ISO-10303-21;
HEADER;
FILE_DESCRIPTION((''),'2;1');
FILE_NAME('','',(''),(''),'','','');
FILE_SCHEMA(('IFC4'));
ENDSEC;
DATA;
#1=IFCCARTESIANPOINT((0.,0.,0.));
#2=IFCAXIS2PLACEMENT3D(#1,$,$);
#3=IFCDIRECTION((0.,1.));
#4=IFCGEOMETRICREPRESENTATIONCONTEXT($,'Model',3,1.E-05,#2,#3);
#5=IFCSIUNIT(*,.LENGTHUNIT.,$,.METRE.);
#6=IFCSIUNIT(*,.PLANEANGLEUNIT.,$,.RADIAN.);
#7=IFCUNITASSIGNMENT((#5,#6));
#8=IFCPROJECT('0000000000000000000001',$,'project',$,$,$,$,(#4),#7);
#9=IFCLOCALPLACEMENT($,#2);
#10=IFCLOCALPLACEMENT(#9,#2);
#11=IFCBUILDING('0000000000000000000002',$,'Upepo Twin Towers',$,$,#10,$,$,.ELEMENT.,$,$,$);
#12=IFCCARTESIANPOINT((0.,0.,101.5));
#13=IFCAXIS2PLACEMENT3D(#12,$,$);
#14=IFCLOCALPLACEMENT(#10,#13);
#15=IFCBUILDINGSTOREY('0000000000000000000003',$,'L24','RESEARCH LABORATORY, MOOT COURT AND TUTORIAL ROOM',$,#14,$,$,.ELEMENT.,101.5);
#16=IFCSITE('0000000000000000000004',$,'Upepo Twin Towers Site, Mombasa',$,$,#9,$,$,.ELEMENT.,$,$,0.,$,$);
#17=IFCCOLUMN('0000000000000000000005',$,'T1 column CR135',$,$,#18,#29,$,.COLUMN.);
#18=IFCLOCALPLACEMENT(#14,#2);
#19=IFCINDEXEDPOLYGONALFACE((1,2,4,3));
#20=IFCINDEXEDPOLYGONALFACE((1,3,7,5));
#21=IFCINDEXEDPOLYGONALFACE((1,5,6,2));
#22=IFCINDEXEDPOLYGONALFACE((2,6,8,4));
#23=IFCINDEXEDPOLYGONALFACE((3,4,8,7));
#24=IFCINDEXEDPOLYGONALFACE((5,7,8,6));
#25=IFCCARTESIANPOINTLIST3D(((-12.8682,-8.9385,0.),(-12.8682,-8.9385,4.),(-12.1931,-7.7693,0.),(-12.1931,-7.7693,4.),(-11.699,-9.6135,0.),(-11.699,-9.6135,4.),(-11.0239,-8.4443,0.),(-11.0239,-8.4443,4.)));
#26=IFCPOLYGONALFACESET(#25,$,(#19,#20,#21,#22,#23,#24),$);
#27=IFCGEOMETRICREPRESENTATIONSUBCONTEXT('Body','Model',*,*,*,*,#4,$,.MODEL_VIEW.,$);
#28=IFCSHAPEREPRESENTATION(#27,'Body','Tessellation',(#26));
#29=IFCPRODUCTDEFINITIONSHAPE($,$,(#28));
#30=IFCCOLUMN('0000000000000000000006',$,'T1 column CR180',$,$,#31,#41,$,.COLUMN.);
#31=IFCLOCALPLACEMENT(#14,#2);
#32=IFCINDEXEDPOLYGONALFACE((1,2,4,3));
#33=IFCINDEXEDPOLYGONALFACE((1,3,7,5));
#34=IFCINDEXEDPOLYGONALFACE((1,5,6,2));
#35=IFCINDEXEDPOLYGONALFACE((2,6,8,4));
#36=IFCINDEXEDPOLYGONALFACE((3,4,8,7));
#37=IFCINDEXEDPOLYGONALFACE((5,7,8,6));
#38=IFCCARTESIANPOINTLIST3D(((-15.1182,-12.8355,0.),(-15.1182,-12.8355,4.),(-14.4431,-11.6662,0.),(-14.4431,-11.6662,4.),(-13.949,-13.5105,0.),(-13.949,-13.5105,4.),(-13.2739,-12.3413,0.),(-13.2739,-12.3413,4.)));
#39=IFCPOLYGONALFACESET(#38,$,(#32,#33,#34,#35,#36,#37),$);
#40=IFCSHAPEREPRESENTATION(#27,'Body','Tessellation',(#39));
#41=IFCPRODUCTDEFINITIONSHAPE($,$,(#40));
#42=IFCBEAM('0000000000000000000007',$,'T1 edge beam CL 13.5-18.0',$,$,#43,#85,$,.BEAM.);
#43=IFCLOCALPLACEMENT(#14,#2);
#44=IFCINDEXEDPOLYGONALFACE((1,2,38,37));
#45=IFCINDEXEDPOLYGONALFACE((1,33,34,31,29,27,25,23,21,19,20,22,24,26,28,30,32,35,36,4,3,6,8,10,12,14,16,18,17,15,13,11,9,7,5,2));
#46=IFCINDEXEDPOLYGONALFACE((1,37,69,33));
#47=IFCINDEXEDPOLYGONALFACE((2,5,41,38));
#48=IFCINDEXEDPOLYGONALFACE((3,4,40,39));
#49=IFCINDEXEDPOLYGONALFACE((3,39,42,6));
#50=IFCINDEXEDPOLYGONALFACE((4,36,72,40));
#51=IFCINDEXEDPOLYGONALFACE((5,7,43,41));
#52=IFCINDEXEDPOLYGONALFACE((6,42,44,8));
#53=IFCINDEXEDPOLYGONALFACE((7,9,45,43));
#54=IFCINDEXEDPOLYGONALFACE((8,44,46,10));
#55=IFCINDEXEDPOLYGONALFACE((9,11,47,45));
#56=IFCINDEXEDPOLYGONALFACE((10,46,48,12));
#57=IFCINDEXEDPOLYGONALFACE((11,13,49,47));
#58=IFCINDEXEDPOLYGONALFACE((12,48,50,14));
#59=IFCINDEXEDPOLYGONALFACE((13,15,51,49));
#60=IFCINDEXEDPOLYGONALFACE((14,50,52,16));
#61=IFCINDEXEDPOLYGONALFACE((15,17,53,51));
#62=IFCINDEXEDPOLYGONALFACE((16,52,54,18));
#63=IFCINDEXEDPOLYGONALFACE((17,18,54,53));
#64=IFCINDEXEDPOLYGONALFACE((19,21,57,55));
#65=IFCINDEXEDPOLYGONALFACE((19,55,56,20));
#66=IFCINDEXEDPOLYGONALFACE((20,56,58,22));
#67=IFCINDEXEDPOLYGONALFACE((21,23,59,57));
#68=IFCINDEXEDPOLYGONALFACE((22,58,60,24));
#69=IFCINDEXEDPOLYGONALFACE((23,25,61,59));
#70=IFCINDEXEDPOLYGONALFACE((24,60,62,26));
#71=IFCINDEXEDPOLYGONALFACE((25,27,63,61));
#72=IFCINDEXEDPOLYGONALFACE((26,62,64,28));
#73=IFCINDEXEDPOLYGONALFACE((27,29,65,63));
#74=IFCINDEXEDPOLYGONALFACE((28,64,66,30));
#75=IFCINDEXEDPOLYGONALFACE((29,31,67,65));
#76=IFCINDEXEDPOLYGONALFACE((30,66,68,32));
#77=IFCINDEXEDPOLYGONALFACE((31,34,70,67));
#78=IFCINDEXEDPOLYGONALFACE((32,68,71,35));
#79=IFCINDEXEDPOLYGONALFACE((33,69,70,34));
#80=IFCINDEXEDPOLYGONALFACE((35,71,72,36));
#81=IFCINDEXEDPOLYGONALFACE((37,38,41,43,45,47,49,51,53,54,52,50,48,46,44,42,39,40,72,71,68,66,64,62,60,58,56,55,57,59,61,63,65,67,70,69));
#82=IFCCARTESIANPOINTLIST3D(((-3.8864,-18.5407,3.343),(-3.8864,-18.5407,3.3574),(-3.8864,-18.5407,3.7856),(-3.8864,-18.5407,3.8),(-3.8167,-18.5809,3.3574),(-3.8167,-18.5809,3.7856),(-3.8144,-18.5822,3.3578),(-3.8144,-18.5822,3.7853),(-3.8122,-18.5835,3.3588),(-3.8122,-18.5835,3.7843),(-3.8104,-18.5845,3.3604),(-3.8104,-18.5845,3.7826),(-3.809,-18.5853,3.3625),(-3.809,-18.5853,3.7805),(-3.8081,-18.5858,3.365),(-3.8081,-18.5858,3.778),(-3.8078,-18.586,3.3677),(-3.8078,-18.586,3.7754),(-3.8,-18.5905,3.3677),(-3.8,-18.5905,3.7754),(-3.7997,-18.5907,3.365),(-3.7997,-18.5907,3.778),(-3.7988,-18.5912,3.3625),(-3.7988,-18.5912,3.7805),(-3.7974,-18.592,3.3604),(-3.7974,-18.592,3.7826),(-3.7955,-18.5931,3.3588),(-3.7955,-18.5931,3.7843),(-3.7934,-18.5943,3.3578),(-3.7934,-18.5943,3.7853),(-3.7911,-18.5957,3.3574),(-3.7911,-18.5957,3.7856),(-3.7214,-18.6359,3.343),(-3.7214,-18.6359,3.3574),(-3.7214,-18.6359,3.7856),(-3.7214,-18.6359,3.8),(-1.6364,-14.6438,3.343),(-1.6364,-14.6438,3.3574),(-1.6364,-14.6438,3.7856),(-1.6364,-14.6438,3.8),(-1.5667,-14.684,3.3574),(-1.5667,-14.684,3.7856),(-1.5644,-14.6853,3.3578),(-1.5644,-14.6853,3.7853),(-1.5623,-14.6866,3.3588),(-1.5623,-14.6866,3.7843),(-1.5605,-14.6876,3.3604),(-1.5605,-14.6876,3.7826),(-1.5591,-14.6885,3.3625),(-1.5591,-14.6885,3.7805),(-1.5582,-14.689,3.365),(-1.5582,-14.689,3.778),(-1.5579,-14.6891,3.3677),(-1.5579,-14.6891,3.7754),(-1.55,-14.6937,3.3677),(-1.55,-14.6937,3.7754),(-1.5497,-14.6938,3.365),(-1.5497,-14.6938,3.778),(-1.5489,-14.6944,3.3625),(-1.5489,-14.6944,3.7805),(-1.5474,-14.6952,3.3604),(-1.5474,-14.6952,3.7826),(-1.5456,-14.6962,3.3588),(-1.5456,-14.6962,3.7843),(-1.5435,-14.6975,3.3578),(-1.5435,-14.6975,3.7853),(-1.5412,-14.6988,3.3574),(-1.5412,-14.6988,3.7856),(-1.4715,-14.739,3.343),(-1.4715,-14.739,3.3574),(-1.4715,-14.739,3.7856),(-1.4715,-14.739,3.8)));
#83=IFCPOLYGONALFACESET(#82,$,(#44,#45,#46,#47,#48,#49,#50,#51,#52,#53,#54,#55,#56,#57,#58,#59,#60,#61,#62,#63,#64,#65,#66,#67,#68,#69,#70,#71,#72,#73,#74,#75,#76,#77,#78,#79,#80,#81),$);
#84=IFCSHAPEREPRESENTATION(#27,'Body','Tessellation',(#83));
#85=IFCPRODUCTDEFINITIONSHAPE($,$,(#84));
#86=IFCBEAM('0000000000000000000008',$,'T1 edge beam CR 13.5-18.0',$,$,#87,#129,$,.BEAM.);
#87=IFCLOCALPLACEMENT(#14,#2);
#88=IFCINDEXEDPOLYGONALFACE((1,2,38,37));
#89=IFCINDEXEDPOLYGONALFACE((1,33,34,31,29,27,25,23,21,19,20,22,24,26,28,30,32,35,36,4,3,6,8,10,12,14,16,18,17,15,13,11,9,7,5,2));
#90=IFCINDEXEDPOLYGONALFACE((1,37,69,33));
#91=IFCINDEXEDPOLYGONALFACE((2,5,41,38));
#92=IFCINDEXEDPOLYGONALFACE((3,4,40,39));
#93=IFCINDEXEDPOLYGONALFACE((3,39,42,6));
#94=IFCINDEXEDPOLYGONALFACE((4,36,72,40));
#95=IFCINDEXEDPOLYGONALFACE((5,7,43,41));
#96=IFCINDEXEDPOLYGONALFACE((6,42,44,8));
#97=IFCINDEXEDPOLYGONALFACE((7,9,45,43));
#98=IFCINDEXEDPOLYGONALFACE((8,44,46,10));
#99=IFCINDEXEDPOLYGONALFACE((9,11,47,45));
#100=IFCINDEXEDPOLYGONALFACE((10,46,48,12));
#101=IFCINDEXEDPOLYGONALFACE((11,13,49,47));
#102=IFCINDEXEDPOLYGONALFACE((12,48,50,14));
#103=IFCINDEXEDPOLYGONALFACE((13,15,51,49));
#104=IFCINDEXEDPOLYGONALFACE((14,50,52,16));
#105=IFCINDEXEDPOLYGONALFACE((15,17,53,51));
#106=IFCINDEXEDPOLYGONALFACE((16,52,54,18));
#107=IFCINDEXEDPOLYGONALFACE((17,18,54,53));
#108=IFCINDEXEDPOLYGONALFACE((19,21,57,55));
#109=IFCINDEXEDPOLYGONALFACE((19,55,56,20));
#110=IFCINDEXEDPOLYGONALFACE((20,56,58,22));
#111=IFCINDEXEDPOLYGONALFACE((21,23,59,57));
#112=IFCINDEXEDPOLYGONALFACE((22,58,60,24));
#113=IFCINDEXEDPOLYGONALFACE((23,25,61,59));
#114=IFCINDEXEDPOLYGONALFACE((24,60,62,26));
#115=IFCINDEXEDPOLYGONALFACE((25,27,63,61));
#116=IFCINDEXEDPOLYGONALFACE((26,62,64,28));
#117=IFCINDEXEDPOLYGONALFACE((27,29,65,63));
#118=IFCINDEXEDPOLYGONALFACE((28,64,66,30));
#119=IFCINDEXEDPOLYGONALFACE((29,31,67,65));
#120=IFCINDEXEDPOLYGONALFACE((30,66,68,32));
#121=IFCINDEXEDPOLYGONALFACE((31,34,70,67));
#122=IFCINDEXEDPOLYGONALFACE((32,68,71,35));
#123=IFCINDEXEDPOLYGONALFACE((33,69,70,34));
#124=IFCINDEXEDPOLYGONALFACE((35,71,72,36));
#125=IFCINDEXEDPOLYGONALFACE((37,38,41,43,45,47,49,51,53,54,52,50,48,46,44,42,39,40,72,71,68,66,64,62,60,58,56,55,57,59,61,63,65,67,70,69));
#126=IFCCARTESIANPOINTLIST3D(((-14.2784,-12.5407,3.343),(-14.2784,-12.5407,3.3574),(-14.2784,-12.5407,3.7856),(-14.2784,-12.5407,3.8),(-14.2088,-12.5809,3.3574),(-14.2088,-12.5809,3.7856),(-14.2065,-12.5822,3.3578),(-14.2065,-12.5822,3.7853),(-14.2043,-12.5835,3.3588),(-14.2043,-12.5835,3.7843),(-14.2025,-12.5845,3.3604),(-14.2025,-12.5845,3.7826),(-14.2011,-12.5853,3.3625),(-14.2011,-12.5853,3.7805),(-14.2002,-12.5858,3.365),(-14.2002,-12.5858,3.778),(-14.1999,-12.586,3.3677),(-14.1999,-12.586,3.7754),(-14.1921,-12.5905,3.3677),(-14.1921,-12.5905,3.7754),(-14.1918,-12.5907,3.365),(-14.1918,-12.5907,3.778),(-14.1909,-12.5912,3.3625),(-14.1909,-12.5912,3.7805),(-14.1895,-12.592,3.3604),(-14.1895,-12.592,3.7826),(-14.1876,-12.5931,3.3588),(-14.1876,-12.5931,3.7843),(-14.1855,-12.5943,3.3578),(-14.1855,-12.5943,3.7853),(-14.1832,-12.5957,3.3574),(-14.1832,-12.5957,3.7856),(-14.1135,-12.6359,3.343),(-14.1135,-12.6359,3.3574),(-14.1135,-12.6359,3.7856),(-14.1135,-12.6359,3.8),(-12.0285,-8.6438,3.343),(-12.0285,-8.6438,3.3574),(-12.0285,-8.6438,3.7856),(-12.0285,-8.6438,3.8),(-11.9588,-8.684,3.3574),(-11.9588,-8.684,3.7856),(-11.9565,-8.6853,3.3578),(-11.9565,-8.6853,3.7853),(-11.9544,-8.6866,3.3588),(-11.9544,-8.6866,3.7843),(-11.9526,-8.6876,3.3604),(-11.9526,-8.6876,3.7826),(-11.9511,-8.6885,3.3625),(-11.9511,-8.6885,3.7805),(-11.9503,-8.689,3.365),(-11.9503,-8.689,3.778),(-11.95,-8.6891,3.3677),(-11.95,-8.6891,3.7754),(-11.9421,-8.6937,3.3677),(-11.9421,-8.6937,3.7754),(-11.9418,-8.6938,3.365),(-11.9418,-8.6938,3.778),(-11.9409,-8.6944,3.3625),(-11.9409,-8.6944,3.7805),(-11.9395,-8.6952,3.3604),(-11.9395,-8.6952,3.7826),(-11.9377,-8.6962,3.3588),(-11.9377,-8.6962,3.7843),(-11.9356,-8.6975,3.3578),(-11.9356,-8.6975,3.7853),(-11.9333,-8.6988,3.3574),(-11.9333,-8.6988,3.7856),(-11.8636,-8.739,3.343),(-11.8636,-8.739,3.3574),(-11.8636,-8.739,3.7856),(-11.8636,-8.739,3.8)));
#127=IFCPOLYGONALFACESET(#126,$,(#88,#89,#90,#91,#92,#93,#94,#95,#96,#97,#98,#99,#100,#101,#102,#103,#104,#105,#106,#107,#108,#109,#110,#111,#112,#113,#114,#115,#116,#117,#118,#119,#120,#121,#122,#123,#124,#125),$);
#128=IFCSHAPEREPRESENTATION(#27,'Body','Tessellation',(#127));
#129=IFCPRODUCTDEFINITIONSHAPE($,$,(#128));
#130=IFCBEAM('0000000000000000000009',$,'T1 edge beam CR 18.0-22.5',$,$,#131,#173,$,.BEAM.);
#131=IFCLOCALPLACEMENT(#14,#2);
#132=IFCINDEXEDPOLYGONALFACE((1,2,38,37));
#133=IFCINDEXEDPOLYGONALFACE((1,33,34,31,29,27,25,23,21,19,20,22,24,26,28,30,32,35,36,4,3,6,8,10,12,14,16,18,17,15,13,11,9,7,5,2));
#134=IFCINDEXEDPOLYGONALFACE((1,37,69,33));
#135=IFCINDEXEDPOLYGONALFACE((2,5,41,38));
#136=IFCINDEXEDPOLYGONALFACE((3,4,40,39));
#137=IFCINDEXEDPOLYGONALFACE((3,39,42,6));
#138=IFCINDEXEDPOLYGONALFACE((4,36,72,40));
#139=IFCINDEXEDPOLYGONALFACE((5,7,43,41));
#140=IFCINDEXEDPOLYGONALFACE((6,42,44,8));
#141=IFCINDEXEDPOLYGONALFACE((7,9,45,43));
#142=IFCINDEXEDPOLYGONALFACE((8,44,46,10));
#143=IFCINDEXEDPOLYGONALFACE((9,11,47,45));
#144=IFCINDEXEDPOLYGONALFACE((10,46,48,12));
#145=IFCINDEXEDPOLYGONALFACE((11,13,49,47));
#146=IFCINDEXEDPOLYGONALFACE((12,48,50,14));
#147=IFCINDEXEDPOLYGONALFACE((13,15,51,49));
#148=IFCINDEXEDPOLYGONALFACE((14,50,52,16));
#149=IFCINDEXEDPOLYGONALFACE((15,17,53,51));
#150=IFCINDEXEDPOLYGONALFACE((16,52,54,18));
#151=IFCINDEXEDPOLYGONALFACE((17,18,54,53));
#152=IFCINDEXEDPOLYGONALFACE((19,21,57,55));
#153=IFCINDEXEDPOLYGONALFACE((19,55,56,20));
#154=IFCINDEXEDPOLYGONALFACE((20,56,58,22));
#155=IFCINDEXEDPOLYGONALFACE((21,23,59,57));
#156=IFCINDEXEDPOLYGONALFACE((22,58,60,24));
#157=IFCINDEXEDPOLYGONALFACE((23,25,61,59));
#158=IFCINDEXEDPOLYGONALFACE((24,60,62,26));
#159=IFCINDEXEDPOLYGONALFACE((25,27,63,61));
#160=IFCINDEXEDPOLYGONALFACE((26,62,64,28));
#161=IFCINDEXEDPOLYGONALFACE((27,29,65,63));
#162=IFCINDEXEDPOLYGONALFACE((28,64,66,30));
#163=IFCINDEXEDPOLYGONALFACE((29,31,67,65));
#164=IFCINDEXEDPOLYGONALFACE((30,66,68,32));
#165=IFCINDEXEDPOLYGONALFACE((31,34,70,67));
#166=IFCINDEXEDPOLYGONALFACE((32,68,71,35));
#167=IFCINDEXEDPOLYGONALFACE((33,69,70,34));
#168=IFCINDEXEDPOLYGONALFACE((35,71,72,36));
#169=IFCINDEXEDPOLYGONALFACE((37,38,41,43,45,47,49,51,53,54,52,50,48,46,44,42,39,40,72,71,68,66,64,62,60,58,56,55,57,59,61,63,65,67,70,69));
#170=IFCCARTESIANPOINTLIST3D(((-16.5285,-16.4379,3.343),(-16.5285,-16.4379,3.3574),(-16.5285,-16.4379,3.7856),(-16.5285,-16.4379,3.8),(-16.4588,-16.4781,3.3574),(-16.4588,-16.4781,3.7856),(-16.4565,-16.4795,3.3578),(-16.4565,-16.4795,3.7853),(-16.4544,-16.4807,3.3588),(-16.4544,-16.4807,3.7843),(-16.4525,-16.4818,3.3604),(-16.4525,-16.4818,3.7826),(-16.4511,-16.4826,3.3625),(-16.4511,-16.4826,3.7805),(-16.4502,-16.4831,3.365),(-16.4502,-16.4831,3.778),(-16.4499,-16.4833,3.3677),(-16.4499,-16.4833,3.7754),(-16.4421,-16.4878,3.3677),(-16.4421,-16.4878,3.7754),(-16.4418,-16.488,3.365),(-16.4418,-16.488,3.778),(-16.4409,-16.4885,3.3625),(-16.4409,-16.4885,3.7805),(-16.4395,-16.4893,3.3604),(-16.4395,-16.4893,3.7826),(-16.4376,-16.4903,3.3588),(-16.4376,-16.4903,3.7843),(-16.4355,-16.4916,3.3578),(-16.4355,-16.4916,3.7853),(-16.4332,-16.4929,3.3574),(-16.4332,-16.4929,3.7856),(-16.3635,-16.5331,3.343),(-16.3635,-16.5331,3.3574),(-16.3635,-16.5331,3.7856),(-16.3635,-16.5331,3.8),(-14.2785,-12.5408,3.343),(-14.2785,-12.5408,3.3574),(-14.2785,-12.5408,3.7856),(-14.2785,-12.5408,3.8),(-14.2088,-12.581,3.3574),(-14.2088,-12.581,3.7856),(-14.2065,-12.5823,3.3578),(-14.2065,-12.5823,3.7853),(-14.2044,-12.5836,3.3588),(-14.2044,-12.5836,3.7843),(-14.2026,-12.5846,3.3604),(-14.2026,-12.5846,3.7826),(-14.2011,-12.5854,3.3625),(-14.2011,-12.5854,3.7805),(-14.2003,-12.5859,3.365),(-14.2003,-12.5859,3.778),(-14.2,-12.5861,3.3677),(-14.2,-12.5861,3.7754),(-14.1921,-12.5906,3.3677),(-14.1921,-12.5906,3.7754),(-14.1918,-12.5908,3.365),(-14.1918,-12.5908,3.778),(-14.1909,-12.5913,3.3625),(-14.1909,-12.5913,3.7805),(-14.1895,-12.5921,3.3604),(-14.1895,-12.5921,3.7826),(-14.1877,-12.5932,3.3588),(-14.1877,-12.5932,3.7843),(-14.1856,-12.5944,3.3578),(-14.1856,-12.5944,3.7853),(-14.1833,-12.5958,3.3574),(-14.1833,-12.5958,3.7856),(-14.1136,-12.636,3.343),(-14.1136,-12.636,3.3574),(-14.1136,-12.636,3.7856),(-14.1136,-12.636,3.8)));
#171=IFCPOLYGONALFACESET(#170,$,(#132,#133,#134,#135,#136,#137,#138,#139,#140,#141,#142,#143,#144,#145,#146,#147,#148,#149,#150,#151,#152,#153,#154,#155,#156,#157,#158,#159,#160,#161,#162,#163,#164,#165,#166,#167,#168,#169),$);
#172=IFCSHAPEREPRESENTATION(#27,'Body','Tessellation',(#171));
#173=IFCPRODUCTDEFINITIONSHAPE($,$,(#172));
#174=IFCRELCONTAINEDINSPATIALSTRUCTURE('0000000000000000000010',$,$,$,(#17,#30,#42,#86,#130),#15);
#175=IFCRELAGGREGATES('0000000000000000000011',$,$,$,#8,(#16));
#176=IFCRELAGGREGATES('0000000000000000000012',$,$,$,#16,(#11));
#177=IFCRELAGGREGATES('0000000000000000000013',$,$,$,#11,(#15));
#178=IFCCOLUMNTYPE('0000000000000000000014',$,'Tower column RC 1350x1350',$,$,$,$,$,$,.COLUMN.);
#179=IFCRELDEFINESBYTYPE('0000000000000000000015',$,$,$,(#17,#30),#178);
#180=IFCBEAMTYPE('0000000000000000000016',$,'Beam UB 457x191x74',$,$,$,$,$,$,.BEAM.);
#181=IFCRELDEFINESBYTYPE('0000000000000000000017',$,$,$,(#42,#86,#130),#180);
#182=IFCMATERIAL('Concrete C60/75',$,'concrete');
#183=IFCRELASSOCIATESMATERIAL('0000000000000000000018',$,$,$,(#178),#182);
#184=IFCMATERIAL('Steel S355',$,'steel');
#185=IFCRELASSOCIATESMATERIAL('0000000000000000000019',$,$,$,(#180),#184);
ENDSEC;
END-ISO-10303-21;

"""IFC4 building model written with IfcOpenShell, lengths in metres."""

from ifc_helpers import new_model, si_unit, direction, frame, origin, origin_2d, place, context, subcontext, project, spatial, rectangle, i_section, extrude, material, material_profile, profile_set, type_object, element, save


model = new_model("IFC4")

# Units and contexts
model_context = context("Model", 3, precision=1e-05, world=origin(), true_north=direction((0.0, 1.0)))
body_context = subcontext(model_context, "Body", "Model", "MODEL_VIEW")
ifc_project = project(units=[si_unit("LENGTHUNIT", "METRE"), si_unit("PLANEANGLEUNIT", "RADIAN")], contexts=[model_context])

# Site, building, storey
site_placement = place(None, origin())
site = spatial("IfcSite", under=ifc_project, at=site_placement, Name="Upepo Twin Towers Site, Mombasa", CompositionType="ELEMENT", RefElevation=0.0)
building_placement = place(site_placement, origin())
building = spatial("IfcBuilding", under=site, at=building_placement, Name="Upepo Twin Towers", CompositionType="ELEMENT")
storey_placement = place(building_placement, frame((0.0, 0.0, 101.5)))
storey = spatial("IfcBuildingStorey", under=building, at=storey_placement, Name="L24", Description="RESEARCH LABORATORY, MOOT COURT AND TUTORIAL ROOM", CompositionType="ELEMENT", Elevation=101.5)

# Columns
ifc_material_1 = material(Name="Concrete C60/75", Category="concrete")
ifc_material_profile_1 = material_profile(ifc_material_1, rectangle(XDim=1.3501, YDim=1.3501, at=origin_2d()), Name="RC 1350x1350")
ifc_profile_set_1 = profile_set([ifc_material_profile_1], Name="Concrete C60/75")
column_type = type_object("IfcColumnType", Name="Tower column RC 1350x1350", PredefinedType="COLUMN", material=ifc_profile_set_1)
for number, where, z_axis, x_axis, name in (
    (1, (-11.946, -8.6914, 0.0), (0.0, 0.0, 1.0), (0.5, 0.866025, 0.0), "T1 column CR135"),
    (2, (-14.196, -12.5884, 0.0), (0.0, 0.0, 1.0), (0.5, 0.866025, 0.0), "T1 column CR180"),
):
    element("IfcColumn", number, at=place(storey_placement, frame(where, z_axis=z_axis, x_axis=x_axis)), inside=storey, type_object=column_type, Name=name, PredefinedType="COLUMN", context=body_context, shape_type="SweptSolid", body=[
        extrude(rectangle(XDim=1.3501, YDim=1.3501, at=origin_2d()), origin(), (0.0, 0.0, 1.0), 4.0),
    ])

# Beams
ifc_material_2 = material(Name="Steel S355", Category="steel")
ifc_material_profile_2 = material_profile(ifc_material_2, i_section(OverallWidth=0.1904, OverallDepth=0.457, WebThickness=0.009, FlangeThickness=0.0144, FilletRadius=0.0103, at=origin_2d()), Name="UB 457x191x74")
ifc_profile_set_2 = profile_set([ifc_material_profile_2], Name="Steel S355")
beam_type_1 = type_object("IfcBeamType", Name="Beam UB 457x191x74", PredefinedType="BEAM", material=ifc_profile_set_2)
for number, where, z_axis, x_axis, name in (
    (3, (-1.554, -14.6914, 3.5715), (-0.500014, -0.866018, 0.0), (0.866018, -0.500014, 0.0), "T1 edge beam CL 13.5-18.0"),
    (4, (-11.946, -8.6914, 3.5715), (-0.500014, -0.866018, 0.0), (0.866018, -0.500014, 0.0), "T1 edge beam CR 13.5-18.0"),
):
    element("IfcBeam", number, at=place(storey_placement, frame(where, z_axis=z_axis, x_axis=x_axis)), inside=storey, type_object=beam_type_1, Name=name, PredefinedType="BEAM", context=body_context, shape_type="SweptSolid", body=[
        extrude(i_section(OverallWidth=0.1904, OverallDepth=0.457, WebThickness=0.009, FlangeThickness=0.0144, FilletRadius=0.0103, at=origin_2d()), origin(), (0.0, 0.0, 1.0), 4.4998),
    ])
beam_placement = place(storey_placement, frame((-14.196, -12.5884, 3.5715), z_axis=(-0.49999, -0.866031, 0.0), x_axis=(0.866031, -0.49999, 0.0)))
element("IfcBeam", 5, at=beam_placement, inside=storey, type_object=beam_type_1, Name="T1 edge beam CR 18.0-22.5", PredefinedType="BEAM", context=body_context, shape_type="SweptSolid", body=[
    extrude(i_section(OverallWidth=0.1904, OverallDepth=0.457, WebThickness=0.009, FlangeThickness=0.0144, FilletRadius=0.0103, at=origin_2d()), origin(), (0.0, 0.0, 1.0), 4.5),
])

save(model, "model.ifc")
